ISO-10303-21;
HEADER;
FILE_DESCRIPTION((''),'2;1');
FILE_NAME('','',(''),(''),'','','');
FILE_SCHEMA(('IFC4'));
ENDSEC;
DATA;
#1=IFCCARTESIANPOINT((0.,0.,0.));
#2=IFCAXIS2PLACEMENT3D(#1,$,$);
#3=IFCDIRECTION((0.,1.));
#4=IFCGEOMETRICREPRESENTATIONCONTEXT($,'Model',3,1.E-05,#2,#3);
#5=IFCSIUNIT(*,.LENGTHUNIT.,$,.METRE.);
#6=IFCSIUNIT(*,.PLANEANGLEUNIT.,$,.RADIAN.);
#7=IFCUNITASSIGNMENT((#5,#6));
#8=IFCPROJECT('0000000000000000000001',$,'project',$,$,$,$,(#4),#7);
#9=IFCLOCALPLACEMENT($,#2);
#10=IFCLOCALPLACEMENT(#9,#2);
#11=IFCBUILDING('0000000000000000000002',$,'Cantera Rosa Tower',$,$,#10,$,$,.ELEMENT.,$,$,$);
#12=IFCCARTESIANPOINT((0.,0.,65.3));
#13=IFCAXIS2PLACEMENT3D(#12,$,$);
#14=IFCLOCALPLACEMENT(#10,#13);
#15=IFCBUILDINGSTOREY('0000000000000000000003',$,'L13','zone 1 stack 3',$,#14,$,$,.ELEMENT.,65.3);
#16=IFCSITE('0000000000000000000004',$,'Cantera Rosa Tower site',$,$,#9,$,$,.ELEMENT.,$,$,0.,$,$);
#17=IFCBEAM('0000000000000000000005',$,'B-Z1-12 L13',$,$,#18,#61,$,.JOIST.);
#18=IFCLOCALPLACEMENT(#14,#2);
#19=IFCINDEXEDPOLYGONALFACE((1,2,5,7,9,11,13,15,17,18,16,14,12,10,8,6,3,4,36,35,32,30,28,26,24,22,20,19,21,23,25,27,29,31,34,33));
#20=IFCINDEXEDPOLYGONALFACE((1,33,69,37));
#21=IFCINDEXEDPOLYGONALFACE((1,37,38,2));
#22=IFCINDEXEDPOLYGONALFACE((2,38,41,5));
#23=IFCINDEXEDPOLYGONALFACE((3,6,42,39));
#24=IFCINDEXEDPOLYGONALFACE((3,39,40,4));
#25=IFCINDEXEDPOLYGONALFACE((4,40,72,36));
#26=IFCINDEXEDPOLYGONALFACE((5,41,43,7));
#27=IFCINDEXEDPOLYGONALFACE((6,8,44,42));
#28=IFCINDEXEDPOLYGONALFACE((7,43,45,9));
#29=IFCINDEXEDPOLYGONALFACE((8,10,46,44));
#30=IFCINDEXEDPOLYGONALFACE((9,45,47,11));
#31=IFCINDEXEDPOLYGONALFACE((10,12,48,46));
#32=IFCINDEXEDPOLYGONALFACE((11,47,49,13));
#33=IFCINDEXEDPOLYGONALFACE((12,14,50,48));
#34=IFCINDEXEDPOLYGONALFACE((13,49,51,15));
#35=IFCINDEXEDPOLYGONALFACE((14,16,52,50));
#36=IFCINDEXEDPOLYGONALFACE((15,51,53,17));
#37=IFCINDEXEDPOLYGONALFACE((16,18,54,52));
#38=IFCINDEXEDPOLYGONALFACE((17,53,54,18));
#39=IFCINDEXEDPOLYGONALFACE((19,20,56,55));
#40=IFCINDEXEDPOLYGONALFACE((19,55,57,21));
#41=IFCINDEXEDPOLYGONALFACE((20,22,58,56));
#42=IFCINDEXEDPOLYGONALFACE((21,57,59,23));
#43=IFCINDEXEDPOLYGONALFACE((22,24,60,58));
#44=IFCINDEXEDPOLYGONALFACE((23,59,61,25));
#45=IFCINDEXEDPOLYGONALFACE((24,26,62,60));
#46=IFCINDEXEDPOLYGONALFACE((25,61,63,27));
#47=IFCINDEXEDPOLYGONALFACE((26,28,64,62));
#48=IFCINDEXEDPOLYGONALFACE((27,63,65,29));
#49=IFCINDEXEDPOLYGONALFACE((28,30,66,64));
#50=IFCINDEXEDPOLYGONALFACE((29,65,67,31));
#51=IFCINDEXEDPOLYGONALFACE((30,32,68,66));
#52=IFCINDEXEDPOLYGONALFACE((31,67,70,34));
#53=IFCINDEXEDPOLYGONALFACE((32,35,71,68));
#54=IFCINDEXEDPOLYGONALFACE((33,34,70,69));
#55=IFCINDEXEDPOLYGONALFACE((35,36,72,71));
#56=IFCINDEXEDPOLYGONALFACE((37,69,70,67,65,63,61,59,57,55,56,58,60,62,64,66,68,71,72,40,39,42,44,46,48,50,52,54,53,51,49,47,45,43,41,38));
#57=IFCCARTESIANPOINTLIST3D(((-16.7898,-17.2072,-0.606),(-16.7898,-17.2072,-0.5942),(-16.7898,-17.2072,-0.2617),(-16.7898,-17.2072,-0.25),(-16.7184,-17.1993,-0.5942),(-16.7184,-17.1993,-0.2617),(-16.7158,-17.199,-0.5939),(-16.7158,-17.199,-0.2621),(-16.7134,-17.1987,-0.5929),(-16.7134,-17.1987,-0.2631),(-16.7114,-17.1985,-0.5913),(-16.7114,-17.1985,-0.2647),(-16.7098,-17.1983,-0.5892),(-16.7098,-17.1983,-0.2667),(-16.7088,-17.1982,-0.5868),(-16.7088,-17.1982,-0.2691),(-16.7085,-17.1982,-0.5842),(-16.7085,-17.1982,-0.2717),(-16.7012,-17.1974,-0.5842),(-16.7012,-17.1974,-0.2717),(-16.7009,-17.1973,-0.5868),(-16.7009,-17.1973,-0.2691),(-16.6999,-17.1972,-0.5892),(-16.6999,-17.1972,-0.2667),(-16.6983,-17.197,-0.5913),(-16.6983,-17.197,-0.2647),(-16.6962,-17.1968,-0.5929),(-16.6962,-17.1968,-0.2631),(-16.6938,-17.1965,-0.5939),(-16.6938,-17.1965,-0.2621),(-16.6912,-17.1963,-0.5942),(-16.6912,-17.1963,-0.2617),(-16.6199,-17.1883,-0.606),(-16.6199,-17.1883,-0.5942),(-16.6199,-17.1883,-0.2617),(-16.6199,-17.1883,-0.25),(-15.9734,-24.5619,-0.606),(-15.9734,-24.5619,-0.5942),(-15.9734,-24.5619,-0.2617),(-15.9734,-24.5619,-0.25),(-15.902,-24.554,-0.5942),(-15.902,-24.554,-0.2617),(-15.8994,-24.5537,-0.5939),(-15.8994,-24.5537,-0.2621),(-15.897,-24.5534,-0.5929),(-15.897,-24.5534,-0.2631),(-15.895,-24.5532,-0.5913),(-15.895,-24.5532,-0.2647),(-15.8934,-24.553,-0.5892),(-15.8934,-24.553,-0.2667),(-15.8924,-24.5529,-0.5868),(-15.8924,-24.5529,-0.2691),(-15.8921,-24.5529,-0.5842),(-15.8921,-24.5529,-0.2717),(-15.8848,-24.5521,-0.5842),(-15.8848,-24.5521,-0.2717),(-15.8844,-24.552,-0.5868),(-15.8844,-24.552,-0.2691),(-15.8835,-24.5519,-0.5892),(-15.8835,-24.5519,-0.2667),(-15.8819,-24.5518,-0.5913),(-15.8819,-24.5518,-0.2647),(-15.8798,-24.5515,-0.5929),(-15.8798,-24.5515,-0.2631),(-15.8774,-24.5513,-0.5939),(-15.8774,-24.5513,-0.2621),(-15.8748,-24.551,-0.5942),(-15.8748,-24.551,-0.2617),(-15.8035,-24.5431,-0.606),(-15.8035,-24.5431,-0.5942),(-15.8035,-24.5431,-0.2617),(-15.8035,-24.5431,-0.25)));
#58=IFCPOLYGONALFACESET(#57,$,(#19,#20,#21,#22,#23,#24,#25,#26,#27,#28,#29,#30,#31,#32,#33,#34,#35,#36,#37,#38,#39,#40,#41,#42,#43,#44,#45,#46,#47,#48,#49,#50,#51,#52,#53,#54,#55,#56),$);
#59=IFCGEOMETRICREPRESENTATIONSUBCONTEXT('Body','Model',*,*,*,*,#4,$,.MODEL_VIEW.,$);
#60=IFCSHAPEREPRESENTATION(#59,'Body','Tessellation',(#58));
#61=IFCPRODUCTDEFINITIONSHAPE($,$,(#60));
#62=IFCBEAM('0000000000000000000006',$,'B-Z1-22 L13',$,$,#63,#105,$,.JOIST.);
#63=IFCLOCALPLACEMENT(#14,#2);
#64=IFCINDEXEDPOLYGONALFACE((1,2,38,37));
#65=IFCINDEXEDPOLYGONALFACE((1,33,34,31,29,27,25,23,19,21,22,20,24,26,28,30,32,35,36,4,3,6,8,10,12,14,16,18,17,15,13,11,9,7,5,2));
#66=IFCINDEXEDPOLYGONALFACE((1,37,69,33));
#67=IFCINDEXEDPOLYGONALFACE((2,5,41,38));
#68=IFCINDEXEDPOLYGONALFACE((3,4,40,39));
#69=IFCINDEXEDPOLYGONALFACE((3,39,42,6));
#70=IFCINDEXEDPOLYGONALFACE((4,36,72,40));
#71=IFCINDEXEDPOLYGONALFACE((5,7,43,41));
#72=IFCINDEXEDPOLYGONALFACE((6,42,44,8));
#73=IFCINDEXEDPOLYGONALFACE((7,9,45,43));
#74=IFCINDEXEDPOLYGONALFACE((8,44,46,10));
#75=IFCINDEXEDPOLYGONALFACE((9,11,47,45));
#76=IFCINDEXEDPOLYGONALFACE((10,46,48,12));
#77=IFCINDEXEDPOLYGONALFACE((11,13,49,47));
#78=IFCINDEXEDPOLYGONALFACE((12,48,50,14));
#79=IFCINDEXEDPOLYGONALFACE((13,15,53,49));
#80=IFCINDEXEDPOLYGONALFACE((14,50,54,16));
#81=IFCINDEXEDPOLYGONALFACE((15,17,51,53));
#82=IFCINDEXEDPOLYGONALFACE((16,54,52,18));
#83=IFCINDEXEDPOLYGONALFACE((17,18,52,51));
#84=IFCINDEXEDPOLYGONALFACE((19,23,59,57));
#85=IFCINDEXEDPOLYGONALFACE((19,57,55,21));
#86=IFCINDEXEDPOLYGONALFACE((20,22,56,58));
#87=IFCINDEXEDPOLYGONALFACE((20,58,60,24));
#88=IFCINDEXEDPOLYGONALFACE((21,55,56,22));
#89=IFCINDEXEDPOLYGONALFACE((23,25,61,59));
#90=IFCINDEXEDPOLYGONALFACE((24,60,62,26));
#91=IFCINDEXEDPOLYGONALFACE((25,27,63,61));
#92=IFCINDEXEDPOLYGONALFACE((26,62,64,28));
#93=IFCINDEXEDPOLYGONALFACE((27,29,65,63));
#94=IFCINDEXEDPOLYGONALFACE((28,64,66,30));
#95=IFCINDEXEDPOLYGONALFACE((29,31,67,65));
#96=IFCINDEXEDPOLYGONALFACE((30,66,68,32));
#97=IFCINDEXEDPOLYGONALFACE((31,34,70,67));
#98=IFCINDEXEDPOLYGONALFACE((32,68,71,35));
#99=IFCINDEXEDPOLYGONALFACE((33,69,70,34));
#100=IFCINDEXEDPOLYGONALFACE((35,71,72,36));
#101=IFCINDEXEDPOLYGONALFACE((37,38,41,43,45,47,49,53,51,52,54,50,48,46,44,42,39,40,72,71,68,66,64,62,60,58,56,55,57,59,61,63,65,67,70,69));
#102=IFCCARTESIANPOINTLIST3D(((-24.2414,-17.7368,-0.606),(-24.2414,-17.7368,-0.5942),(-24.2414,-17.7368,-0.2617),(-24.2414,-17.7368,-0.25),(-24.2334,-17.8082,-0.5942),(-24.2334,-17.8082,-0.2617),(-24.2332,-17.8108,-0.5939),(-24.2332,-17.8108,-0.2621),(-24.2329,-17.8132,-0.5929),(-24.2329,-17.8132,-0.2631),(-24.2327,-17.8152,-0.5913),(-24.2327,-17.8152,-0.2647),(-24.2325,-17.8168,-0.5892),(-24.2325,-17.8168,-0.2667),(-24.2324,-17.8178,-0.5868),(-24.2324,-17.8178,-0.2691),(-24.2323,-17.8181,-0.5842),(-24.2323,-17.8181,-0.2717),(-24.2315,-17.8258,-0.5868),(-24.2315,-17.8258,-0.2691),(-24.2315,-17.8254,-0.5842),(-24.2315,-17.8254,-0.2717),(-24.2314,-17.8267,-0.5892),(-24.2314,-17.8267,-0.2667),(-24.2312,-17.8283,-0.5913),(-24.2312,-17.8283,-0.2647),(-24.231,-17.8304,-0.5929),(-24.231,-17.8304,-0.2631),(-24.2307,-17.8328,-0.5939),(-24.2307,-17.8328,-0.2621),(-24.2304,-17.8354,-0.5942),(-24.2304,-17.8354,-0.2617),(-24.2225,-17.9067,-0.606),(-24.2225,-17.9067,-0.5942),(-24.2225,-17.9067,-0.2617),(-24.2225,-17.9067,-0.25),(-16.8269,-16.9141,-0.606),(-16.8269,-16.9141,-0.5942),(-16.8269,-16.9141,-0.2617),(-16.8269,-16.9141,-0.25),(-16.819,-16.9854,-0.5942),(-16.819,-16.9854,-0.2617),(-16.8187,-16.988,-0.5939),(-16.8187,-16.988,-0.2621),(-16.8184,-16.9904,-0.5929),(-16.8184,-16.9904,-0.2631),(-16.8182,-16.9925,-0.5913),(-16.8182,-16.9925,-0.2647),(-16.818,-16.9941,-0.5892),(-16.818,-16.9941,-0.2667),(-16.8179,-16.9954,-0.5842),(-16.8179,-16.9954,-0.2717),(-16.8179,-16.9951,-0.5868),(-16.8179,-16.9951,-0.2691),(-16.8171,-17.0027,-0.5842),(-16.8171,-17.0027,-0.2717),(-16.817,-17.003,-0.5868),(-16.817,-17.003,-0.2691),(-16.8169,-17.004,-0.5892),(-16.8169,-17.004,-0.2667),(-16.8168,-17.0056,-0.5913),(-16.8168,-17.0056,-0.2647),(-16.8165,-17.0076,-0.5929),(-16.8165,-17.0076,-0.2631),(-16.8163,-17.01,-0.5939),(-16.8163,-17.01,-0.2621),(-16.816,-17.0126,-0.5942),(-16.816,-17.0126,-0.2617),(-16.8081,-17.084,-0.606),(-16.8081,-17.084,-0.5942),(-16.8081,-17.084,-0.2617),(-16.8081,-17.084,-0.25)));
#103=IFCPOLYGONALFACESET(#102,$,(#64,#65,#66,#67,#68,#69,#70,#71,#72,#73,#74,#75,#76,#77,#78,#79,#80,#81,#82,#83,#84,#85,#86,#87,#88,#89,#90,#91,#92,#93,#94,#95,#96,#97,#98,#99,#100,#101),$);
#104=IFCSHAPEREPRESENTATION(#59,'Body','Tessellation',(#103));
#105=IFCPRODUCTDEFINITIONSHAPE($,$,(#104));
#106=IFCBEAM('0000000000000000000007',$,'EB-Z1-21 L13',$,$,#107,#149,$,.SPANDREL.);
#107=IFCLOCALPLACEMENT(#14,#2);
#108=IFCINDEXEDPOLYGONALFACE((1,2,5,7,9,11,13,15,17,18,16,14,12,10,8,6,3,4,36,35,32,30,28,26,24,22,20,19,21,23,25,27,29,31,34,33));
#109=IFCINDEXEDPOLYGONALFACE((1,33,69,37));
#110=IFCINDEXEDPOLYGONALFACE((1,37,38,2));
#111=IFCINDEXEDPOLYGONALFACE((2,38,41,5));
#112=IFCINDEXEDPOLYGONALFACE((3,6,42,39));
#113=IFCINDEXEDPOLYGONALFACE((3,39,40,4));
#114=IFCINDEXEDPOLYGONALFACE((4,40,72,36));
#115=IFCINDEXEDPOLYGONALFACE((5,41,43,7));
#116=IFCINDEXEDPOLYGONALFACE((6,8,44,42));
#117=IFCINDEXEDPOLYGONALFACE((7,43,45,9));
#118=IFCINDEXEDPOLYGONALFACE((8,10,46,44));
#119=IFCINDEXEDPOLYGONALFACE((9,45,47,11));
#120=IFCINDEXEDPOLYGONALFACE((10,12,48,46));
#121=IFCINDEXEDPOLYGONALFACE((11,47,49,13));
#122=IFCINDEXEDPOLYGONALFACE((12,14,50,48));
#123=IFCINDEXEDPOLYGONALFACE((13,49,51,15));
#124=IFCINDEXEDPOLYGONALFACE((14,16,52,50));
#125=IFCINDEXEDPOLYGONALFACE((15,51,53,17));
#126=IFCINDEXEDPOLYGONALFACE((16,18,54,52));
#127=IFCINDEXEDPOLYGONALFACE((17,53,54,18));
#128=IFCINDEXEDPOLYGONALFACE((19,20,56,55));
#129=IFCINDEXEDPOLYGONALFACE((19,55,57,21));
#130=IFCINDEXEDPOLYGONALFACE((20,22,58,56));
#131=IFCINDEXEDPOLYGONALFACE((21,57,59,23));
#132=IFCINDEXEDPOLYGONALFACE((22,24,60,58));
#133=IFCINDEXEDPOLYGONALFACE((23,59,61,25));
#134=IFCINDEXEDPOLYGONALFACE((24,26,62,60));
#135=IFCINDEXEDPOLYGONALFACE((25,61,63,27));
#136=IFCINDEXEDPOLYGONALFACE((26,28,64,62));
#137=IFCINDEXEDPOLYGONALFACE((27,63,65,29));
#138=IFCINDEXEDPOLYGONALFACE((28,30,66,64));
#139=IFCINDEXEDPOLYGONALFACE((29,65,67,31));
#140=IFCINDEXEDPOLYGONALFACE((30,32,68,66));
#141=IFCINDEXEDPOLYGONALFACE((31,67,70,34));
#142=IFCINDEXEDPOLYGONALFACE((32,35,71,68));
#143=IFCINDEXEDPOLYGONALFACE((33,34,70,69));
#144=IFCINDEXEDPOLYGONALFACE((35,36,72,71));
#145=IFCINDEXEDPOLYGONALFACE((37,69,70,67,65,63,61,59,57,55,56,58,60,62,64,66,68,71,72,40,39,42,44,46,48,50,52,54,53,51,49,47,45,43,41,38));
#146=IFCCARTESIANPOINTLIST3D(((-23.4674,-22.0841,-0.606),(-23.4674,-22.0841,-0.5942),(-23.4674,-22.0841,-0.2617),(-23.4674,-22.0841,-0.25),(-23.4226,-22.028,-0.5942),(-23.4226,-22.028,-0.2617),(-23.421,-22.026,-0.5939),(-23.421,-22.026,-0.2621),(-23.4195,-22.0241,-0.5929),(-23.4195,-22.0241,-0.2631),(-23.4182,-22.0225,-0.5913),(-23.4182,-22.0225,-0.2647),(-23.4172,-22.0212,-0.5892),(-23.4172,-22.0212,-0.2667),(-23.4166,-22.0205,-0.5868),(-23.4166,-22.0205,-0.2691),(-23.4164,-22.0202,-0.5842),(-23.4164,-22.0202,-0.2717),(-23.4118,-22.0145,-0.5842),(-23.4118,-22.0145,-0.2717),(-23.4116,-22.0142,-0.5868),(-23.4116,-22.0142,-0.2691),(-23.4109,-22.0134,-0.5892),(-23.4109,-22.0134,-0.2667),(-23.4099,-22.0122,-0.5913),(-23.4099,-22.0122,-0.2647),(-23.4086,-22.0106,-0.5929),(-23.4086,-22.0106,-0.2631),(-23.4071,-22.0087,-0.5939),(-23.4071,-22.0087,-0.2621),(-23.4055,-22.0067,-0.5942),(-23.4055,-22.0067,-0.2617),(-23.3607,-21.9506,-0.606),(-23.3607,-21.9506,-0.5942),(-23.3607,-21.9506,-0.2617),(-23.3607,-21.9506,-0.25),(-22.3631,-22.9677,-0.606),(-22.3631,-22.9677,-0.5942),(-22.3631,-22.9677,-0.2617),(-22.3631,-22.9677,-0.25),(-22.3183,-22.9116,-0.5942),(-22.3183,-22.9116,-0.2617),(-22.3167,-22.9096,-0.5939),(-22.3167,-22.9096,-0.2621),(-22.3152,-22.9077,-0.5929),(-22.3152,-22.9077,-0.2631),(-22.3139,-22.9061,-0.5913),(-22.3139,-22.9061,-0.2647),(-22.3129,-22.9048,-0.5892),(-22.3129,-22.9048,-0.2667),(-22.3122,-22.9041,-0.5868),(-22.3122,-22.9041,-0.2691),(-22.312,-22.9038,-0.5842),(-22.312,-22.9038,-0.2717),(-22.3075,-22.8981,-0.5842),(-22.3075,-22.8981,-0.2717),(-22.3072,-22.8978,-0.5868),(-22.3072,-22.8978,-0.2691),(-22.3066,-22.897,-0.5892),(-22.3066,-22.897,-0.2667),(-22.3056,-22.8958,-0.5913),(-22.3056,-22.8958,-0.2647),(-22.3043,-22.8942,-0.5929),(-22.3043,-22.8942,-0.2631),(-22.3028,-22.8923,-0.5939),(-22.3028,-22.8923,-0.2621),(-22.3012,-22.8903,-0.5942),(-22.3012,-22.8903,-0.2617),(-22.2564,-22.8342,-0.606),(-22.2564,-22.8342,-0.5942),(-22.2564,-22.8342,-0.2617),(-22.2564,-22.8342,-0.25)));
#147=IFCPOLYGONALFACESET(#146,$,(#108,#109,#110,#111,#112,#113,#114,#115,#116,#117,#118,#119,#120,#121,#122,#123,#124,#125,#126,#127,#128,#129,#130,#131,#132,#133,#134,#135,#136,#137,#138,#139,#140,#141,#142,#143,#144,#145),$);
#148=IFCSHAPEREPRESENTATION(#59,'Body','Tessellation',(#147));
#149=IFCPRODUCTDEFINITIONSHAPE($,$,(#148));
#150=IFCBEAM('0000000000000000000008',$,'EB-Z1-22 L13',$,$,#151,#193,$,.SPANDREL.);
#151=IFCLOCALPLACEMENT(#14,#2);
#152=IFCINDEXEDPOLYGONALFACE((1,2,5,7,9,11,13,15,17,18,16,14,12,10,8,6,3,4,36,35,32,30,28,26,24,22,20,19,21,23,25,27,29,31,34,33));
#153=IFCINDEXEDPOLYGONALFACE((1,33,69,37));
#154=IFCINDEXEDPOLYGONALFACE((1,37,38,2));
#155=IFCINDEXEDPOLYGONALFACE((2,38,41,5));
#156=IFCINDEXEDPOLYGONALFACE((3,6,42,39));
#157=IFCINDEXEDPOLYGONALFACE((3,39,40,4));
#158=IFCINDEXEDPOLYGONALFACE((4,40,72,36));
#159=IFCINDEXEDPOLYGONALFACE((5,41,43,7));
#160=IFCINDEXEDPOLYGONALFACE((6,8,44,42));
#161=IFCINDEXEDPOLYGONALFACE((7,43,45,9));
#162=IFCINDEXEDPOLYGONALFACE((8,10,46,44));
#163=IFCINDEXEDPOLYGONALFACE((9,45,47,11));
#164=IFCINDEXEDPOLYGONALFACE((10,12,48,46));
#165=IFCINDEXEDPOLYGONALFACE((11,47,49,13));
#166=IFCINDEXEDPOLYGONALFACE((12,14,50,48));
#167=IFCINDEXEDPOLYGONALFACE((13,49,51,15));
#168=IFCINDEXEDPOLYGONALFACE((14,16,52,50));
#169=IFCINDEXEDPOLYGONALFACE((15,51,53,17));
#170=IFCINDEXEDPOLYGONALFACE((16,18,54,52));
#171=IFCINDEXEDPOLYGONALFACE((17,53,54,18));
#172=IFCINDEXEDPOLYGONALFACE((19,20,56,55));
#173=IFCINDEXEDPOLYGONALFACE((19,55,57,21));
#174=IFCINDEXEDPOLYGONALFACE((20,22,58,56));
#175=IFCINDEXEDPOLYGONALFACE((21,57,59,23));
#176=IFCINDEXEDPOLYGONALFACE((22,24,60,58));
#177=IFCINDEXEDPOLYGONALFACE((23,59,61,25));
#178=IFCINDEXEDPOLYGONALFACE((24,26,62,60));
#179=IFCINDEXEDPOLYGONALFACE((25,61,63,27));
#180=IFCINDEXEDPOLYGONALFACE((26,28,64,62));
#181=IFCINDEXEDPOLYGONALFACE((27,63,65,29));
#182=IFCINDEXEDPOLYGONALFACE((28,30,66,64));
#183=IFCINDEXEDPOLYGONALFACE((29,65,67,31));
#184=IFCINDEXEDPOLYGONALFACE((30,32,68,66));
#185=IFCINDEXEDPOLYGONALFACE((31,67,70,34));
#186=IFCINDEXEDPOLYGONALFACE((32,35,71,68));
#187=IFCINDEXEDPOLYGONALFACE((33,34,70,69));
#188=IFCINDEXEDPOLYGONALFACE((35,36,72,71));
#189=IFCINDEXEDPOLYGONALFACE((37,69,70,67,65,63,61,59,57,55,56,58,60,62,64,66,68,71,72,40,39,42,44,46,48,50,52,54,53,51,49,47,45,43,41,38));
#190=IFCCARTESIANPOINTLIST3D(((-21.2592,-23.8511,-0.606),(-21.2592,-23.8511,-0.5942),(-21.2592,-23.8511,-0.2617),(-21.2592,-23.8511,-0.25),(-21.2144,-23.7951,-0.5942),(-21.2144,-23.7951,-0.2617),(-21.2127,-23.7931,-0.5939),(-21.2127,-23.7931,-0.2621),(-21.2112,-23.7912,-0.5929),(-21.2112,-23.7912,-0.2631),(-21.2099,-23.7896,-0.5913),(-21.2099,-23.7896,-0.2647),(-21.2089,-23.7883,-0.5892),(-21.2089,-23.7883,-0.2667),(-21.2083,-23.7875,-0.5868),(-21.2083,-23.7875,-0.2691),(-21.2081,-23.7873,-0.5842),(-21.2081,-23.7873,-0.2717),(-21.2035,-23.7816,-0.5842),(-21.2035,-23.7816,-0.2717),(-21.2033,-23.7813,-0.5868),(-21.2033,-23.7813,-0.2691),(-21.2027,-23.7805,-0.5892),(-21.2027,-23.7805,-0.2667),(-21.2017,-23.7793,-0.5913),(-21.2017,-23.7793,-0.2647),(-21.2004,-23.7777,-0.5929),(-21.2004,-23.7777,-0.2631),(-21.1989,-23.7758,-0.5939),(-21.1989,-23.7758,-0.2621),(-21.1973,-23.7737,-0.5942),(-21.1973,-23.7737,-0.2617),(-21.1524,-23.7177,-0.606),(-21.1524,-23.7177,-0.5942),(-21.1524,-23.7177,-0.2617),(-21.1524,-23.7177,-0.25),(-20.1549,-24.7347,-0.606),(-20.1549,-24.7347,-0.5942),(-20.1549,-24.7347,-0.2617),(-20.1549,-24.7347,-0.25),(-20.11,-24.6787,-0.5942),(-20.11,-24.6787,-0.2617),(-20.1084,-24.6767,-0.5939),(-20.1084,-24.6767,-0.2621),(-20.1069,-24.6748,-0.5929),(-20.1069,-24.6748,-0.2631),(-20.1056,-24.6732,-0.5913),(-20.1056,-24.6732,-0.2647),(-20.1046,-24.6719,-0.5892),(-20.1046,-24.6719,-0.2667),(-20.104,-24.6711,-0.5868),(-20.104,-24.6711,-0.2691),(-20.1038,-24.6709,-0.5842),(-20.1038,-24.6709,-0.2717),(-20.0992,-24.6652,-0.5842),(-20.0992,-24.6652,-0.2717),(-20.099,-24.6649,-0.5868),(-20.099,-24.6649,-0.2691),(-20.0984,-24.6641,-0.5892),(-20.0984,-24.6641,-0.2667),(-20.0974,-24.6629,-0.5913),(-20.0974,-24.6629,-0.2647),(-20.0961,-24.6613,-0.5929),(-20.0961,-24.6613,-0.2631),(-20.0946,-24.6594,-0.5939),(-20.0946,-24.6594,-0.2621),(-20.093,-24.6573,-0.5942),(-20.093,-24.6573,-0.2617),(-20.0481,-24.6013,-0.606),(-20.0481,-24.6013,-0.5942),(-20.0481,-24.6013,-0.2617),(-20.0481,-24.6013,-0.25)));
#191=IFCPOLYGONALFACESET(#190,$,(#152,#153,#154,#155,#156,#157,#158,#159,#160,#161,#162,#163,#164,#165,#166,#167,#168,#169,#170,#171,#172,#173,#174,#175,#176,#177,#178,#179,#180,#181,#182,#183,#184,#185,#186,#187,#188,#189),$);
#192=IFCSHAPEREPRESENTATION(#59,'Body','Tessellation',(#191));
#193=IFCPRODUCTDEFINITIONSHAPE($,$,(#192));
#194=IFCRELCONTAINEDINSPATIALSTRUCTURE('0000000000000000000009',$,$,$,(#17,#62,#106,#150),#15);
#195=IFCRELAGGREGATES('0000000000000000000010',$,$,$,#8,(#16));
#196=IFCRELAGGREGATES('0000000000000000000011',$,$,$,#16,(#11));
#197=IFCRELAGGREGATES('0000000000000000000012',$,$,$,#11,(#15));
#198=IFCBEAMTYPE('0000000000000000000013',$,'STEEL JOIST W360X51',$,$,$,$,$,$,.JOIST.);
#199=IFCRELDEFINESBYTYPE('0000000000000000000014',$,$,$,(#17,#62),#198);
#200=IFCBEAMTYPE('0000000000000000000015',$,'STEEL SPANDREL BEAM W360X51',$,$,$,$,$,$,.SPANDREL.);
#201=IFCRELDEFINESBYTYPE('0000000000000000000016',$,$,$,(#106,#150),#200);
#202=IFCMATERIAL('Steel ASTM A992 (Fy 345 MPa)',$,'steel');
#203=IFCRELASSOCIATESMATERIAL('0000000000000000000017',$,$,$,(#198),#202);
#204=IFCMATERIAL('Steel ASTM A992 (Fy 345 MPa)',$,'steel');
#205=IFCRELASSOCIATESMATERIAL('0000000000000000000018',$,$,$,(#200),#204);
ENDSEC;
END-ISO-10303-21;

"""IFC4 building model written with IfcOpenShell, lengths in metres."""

from ifc_helpers import new_model, si_unit, direction, frame, origin, origin_2d, place, context, subcontext, project, spatial, i_section, extrude, material, material_profile, profile_set, type_object, element, save


model = new_model("IFC4")

# Units and contexts
model_context = context("Model", 3, precision=1e-05, world=origin(), true_north=direction((0.0, 1.0)))
body_context = subcontext(model_context, "Body", "Model", "MODEL_VIEW")
ifc_project = project(units=[si_unit("LENGTHUNIT", "METRE"), si_unit("PLANEANGLEUNIT", "RADIAN")], contexts=[model_context])

# Site, building, storey
site_placement = place(None, origin())
site = spatial("IfcSite", under=ifc_project, at=site_placement, Name="Cantera Rosa Tower site", CompositionType="ELEMENT", RefElevation=0.0)
building_placement = place(site_placement, origin())
building = spatial("IfcBuilding", under=site, at=building_placement, Name="Cantera Rosa Tower", CompositionType="ELEMENT")
storey_placement = place(building_placement, frame((0.0, 0.0, 65.3)))
storey = spatial("IfcBuildingStorey", under=building, at=storey_placement, Name="L13", Description="zone 1 stack 3", CompositionType="ELEMENT", Elevation=65.3)

# Beams
ifc_material_1 = material(Name="Steel ASTM A992 (Fy 345 MPa)", Category="steel")
ifc_material_profile_1 = material_profile(ifc_material_1, i_section(OverallWidth=0.1709, OverallDepth=0.356, WebThickness=0.0073, FlangeThickness=0.0117, FilletRadius=0.01, at=origin_2d()), Name="W360X51")
ifc_profile_set_1 = profile_set([ifc_material_profile_1], Name="Steel ASTM A992 (Fy 345 MPa)")
beam_type_1 = type_object("IfcBeamType", Name="STEEL JOIST W360X51", PredefinedType="JOIST", material=ifc_profile_set_1)
beam_1_placement = place(storey_placement, frame((-15.8884, -24.5525, -0.428), z_axis=(-0.110327, 0.993895, 0.0), x_axis=(-0.993895, -0.110327, 0.0)))
element("IfcBeam", 1, at=beam_1_placement, inside=storey, type_object=beam_type_1, Name="B-Z1-12 L13", PredefinedType="JOIST", context=body_context, shape_type="SweptSolid", body=[
    extrude(i_section(OverallWidth=0.1709, OverallDepth=0.356, WebThickness=0.0073, FlangeThickness=0.0117, FilletRadius=0.01, at=origin_2d()), origin(), (0.0, 0.0, 1.0), 7.3999),
])
beam_2_placement = place(storey_placement, frame((-24.2319, -17.8218, -0.428), z_axis=(0.9939, 0.110288, 0.0), x_axis=(-0.110288, 0.9939, 0.0)))
element("IfcBeam", 2, at=beam_2_placement, inside=storey, type_object=beam_type_1, Name="B-Z1-22 L13", PredefinedType="JOIST", context=body_context, shape_type="SweptSolid", body=[
    extrude(i_section(OverallWidth=0.1709, OverallDepth=0.356, WebThickness=0.0073, FlangeThickness=0.0117, FilletRadius=0.01, at=origin_2d()), origin(), (0.0, 0.0, 1.0), 7.46),
])
ifc_material_2 = material(Name="Steel ASTM A992 (Fy 345 MPa)", Category="steel")
ifc_material_profile_2 = material_profile(ifc_material_2, i_section(OverallWidth=0.1709, OverallDepth=0.356, WebThickness=0.0073, FlangeThickness=0.0117, FilletRadius=0.01, at=origin_2d()), Name="W360X51")
ifc_profile_set_2 = profile_set([ifc_material_profile_2], Name="Steel ASTM A992 (Fy 345 MPa)")
beam_type_2 = type_object("IfcBeamType", Name="STEEL SPANDREL BEAM W360X51", PredefinedType="SPANDREL", material=ifc_profile_set_2)
for number, where, z_axis, x_axis, name in (
    (3, (-23.4141, -22.0173, -0.428), (0.780818, -0.624758, 0.0), (0.624758, 0.780818, 0.0), "EB-Z1-21 L13"),
    (4, (-21.2058, -23.7844, -0.428), (0.780818, -0.624758, 0.0), (0.624758, 0.780818, 0.0), "EB-Z1-22 L13"),
):
    element("IfcBeam", number, at=place(storey_placement, frame(where, z_axis=z_axis, x_axis=x_axis)), inside=storey, type_object=beam_type_2, Name=name, PredefinedType="SPANDREL", context=body_context, shape_type="SweptSolid", body=[
        extrude(i_section(OverallWidth=0.1709, OverallDepth=0.356, WebThickness=0.0073, FlangeThickness=0.0117, FilletRadius=0.01, at=origin_2d()), origin(), (0.0, 0.0, 1.0), 1.4143),
    ])

save(model, "model.ifc")
